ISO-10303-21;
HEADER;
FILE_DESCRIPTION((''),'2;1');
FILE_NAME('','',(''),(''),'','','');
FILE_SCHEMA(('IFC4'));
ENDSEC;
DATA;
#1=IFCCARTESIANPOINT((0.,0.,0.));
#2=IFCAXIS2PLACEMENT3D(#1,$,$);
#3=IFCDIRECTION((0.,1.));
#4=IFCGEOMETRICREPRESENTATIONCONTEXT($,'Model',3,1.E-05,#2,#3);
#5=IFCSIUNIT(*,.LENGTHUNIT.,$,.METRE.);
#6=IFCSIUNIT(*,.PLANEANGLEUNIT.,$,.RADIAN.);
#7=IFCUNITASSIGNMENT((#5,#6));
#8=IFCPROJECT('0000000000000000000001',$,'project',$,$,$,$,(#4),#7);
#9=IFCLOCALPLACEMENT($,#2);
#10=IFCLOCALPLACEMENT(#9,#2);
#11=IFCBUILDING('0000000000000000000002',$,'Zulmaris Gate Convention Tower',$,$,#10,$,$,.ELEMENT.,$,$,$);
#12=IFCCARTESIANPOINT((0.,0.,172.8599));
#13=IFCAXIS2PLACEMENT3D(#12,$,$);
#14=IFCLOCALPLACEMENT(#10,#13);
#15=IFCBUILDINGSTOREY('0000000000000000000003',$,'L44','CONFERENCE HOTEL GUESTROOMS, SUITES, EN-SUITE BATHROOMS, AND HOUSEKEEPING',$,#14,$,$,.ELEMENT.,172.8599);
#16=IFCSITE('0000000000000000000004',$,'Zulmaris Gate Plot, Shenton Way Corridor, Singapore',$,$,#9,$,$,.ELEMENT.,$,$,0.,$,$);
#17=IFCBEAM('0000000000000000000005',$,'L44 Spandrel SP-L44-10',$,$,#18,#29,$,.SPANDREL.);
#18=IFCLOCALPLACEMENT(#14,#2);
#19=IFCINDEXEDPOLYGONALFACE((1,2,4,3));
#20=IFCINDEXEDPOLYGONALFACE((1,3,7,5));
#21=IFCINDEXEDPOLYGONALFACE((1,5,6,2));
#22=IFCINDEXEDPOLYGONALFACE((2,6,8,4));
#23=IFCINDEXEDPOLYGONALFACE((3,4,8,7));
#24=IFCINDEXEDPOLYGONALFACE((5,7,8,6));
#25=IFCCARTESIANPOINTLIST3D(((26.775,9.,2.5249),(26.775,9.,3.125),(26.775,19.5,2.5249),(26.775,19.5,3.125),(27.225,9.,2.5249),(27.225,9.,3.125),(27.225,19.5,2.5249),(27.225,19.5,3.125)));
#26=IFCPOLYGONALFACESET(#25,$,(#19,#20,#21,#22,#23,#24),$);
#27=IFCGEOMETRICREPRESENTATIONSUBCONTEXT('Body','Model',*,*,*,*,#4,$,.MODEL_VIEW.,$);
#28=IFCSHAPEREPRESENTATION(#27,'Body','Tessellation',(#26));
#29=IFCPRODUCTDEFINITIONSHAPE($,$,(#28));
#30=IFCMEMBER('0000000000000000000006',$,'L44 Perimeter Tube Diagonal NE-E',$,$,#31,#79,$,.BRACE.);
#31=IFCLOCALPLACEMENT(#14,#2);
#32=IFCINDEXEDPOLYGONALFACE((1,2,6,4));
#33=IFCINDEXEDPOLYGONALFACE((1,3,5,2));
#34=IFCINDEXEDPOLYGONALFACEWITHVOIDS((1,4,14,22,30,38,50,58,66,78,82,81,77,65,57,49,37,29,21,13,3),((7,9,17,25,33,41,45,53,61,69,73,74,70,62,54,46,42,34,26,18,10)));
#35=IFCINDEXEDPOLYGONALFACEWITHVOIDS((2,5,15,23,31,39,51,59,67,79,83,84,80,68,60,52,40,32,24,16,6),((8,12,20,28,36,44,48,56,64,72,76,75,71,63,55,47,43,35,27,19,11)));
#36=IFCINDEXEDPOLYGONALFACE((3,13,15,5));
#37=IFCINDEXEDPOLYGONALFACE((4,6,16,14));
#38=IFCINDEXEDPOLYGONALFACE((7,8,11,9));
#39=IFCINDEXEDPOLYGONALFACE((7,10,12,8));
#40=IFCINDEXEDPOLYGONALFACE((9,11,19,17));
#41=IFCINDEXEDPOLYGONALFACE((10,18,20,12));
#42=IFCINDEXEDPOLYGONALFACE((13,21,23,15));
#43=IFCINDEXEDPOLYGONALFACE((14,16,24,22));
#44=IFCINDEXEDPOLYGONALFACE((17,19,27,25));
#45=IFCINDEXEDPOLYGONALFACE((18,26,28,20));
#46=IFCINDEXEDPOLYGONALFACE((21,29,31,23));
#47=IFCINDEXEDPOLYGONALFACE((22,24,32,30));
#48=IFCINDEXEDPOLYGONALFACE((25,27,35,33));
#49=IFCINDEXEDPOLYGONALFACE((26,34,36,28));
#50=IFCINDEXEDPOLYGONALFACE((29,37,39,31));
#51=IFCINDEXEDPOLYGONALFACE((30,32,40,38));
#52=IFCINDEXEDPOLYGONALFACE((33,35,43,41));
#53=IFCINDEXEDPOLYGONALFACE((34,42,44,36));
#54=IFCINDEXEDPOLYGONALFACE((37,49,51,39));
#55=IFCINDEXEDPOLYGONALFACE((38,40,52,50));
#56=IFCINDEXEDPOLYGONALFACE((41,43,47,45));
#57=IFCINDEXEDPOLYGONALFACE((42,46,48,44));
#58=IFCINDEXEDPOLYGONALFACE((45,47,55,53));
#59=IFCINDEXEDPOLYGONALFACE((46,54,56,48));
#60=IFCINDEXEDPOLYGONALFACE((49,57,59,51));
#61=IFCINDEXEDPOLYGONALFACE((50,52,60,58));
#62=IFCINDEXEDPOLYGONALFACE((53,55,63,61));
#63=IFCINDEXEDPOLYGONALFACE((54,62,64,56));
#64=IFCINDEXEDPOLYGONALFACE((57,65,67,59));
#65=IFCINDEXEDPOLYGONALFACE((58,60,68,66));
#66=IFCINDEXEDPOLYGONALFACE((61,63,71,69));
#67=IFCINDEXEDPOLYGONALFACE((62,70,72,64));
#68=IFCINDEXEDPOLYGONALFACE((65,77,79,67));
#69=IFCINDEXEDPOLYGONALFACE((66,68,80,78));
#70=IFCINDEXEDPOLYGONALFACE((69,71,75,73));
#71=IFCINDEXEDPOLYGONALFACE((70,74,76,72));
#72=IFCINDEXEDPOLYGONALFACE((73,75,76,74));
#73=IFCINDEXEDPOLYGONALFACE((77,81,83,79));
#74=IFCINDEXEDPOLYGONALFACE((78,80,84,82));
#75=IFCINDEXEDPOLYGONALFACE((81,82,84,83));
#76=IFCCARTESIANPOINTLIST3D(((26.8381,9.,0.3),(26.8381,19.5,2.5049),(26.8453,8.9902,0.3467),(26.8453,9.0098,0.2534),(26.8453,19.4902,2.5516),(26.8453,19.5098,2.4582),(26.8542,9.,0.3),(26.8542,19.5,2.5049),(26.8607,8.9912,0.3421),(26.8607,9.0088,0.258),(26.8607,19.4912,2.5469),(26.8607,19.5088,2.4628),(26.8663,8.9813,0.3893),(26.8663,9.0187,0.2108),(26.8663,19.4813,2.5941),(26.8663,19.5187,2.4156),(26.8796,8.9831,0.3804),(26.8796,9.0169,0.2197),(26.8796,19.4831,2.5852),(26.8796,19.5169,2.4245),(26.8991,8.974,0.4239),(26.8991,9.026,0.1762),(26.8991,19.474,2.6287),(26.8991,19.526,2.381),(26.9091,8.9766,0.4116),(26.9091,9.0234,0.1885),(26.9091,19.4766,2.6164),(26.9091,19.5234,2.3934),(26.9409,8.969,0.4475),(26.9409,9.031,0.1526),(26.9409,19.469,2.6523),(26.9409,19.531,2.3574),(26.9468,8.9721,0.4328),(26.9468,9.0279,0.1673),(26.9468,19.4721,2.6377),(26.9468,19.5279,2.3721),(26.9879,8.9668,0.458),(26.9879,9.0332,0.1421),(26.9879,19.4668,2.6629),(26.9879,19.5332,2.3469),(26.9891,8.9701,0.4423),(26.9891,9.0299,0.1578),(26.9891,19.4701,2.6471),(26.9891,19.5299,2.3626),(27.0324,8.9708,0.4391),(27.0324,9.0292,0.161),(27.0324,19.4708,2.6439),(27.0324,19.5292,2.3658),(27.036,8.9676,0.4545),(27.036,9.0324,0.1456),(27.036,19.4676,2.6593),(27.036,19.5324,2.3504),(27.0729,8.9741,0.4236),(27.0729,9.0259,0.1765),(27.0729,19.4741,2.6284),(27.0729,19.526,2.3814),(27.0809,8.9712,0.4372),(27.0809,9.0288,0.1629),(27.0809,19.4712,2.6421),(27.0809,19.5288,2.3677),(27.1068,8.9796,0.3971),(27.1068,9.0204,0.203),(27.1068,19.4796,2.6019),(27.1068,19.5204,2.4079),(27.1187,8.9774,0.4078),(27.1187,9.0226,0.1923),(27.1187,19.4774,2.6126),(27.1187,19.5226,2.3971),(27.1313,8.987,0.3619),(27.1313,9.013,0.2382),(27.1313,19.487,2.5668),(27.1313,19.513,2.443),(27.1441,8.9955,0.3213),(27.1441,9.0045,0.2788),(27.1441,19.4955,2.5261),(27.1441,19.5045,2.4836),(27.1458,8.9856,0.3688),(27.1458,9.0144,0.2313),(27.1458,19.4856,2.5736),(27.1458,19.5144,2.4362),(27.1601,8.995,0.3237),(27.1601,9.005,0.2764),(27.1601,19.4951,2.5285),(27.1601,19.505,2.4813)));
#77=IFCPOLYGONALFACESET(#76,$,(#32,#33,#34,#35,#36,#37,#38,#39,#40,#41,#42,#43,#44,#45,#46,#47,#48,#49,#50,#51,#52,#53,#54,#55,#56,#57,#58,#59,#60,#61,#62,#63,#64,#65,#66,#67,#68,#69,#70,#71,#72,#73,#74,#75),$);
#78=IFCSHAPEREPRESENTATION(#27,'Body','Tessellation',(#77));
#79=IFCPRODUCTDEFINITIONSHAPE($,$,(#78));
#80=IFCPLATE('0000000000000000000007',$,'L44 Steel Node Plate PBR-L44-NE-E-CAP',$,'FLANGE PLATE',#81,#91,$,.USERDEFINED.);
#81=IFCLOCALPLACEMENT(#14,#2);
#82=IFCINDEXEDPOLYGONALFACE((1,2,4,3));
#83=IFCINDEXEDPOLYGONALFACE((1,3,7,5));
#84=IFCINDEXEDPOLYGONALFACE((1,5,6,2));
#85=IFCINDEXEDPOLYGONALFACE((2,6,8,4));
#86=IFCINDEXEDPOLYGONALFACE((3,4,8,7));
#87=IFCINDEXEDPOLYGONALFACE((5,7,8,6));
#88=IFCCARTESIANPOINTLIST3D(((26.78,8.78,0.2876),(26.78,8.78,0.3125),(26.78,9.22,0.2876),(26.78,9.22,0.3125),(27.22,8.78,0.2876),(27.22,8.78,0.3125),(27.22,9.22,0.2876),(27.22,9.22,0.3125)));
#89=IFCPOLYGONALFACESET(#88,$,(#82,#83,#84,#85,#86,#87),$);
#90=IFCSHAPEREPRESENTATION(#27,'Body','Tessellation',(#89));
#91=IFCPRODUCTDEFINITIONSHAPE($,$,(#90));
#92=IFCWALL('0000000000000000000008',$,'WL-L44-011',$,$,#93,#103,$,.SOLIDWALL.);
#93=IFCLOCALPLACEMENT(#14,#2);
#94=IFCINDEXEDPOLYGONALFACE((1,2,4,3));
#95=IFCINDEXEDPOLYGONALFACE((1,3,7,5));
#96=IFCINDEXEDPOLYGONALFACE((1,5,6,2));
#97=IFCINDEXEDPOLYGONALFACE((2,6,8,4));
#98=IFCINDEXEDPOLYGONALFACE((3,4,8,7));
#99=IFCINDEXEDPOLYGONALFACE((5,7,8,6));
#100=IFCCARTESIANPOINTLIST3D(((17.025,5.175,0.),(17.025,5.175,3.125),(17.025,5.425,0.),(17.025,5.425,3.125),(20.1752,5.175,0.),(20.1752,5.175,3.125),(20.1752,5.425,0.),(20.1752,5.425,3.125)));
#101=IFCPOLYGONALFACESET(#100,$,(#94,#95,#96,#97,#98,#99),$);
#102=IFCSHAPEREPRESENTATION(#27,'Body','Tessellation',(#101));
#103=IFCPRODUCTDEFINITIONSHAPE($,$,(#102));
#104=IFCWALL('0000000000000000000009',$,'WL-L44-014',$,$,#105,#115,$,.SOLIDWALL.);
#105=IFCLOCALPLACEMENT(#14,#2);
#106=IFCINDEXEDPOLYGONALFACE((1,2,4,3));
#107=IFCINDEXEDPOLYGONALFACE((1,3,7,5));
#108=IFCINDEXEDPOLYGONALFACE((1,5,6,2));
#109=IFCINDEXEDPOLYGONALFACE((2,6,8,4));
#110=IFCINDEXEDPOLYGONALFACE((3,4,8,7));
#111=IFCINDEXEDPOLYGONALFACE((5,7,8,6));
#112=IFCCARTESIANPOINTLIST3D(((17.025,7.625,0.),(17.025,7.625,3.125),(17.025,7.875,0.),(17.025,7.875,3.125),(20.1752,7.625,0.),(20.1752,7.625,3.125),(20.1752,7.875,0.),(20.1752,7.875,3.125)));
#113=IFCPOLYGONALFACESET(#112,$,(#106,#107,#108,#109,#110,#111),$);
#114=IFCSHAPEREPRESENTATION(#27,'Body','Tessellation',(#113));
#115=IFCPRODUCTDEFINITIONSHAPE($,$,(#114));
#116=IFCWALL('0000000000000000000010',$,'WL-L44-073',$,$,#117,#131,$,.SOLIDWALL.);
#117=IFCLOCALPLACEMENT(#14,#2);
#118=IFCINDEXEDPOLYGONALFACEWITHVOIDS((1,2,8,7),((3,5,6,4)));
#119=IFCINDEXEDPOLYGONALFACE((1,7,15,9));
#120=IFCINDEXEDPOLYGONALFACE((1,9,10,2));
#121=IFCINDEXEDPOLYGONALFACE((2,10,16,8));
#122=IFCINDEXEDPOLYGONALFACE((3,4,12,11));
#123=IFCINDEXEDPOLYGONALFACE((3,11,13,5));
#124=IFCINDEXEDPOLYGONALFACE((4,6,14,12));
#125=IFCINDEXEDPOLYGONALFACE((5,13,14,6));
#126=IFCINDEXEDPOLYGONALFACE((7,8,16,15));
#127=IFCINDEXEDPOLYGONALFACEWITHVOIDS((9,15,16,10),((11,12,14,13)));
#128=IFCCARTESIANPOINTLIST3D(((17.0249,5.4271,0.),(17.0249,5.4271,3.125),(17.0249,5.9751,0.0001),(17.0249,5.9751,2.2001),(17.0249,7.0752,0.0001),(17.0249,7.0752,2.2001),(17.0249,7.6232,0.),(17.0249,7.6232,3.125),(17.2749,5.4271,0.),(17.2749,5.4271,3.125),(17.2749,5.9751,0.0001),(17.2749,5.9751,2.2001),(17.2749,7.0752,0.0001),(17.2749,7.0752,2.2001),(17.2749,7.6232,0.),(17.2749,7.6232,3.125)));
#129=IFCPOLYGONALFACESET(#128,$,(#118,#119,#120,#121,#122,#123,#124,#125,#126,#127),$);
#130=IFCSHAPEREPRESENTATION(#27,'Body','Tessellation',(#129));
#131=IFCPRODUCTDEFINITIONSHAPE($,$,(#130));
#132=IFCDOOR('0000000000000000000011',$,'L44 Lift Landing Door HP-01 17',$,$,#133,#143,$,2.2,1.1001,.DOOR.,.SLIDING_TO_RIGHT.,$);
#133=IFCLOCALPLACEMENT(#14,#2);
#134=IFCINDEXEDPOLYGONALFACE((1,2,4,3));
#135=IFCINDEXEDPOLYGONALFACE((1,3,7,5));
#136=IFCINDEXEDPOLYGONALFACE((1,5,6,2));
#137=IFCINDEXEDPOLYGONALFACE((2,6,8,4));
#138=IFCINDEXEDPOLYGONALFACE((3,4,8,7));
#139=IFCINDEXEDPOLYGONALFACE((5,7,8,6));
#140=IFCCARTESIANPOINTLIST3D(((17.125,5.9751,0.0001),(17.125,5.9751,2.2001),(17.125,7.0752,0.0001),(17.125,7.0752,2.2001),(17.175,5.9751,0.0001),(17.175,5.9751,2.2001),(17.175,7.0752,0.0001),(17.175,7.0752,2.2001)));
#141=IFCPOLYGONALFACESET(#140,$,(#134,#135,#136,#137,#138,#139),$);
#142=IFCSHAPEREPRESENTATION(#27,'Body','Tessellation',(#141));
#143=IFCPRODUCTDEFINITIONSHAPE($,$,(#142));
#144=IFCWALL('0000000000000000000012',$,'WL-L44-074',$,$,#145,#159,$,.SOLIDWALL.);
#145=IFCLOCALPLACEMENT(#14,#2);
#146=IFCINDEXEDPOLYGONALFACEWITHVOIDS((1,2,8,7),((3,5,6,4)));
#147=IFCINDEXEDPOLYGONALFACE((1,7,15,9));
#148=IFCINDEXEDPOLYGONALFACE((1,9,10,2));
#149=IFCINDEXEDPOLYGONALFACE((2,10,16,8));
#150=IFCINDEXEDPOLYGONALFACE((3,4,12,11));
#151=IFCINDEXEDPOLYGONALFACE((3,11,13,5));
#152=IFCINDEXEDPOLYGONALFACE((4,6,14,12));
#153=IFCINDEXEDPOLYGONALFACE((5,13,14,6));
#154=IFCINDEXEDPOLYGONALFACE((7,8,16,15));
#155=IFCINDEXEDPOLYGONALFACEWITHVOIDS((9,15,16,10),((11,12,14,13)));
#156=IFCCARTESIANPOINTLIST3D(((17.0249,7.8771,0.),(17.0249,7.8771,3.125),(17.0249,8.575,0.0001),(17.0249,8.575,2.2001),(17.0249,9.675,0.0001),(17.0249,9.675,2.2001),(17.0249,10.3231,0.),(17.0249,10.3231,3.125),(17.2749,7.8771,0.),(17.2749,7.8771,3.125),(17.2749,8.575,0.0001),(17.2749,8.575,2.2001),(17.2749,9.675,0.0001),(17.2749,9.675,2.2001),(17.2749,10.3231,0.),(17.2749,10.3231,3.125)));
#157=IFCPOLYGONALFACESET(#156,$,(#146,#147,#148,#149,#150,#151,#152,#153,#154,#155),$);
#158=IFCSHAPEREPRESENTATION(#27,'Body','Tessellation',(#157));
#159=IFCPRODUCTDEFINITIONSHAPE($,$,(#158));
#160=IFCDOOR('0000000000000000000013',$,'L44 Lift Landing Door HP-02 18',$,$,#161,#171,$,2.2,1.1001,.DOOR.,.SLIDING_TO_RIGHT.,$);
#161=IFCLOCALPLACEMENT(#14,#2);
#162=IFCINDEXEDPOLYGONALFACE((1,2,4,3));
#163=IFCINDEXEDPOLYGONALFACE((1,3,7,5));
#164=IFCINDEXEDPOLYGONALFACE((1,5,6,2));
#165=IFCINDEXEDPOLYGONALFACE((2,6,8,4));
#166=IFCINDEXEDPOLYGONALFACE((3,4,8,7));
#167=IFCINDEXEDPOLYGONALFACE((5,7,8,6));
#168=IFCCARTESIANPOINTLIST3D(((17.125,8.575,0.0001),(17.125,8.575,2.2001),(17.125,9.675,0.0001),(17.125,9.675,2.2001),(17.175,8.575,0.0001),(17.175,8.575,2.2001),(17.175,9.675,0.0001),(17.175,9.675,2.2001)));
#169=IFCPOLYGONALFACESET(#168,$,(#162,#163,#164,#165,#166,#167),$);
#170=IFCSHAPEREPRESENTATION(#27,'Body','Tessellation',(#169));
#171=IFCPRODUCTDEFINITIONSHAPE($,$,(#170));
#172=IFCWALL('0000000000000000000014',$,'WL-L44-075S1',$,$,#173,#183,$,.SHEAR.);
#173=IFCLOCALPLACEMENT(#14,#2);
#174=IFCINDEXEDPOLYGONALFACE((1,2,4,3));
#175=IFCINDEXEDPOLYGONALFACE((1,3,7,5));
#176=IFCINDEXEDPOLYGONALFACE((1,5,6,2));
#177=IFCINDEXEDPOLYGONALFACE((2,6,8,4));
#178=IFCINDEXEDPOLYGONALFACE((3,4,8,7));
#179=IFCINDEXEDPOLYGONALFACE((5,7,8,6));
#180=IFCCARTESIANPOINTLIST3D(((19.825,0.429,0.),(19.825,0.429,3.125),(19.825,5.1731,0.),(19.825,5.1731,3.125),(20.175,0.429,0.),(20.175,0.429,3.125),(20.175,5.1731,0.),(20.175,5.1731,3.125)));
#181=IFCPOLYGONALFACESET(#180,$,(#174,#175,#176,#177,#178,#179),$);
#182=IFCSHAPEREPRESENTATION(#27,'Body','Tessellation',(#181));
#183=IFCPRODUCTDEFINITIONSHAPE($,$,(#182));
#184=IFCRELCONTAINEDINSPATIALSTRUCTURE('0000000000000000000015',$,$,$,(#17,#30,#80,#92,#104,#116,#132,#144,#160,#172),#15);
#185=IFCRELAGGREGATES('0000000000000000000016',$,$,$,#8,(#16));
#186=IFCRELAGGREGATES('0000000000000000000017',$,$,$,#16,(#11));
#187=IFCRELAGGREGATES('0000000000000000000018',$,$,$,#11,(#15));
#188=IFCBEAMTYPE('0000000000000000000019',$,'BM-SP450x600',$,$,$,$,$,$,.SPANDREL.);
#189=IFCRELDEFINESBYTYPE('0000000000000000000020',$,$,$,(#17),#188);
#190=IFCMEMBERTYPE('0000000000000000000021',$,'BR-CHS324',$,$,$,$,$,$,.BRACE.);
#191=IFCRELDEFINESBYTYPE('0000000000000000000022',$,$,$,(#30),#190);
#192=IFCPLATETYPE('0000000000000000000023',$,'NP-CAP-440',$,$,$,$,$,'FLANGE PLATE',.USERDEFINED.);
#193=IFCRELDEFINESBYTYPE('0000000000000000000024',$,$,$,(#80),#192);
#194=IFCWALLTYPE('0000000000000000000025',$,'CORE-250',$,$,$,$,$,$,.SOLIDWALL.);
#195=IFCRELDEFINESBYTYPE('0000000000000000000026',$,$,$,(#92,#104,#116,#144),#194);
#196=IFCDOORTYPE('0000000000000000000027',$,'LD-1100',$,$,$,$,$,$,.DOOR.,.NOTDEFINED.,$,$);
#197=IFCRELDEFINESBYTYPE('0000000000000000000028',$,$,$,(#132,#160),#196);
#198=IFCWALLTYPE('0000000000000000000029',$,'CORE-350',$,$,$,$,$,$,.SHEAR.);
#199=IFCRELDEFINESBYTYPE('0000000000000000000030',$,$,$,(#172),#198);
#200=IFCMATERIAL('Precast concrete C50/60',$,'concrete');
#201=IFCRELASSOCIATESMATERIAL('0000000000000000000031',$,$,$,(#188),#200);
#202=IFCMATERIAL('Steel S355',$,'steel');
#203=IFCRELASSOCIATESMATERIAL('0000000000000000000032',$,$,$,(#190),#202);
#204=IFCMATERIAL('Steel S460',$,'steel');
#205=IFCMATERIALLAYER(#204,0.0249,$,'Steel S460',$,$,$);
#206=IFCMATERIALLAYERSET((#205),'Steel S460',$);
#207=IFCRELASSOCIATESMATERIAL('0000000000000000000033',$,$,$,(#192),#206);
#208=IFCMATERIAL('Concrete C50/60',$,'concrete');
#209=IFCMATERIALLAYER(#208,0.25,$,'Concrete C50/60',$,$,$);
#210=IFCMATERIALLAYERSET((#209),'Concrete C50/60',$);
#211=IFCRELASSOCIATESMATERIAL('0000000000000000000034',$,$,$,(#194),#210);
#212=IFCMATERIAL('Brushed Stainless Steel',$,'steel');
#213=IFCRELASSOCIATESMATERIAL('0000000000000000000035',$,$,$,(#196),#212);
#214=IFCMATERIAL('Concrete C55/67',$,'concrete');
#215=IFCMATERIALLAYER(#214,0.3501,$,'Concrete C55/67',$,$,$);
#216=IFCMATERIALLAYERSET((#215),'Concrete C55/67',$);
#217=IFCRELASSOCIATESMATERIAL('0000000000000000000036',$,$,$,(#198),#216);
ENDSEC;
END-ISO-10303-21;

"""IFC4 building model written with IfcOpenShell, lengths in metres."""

from ifc_helpers import new_model, si_unit, direction, frame, frame_2d, origin, origin_2d, place, context, subcontext, project, spatial, rectangle, hollow_circle, extrude, material, layer, layer_set, material_profile, profile_set, type_object, element, fill, save


model = new_model("IFC4")

# Units and contexts
model_context = context("Model", 3, precision=1e-05, world=origin(), true_north=direction((0.0, 1.0)))
body_context = subcontext(model_context, "Body", "Model", "MODEL_VIEW")
ifc_project = project(units=[si_unit("LENGTHUNIT", "METRE"), si_unit("PLANEANGLEUNIT", "RADIAN")], contexts=[model_context])

# Site, building, storey
site_placement = place(None, origin())
site = spatial("IfcSite", under=ifc_project, at=site_placement, Name="Zulmaris Gate Plot, Shenton Way Corridor, Singapore", CompositionType="ELEMENT", RefElevation=0.0)
building_placement = place(site_placement, origin())
building = spatial("IfcBuilding", under=site, at=building_placement, Name="Zulmaris Gate Convention Tower", CompositionType="ELEMENT")
storey_placement = place(building_placement, frame((0.0, 0.0, 172.8599)))
storey = spatial("IfcBuildingStorey", under=building, at=storey_placement, Name="L44", Description="CONFERENCE HOTEL GUESTROOMS, SUITES, EN-SUITE BATHROOMS, AND HOUSEKEEPING", CompositionType="ELEMENT", Elevation=172.8599)

# Beam
ifc_material_1 = material(Name="Steel S355", Category="steel")
ifc_material_2 = material(Name="Concrete C50/60", Category="concrete")
ifc_material_3 = material(Name="Precast concrete C50/60", Category="concrete")
ifc_material_profile_1 = material_profile(ifc_material_3, rectangle(XDim=0.45, YDim=0.6001, at=origin_2d()), Name="RC SPANDREL 450x600")
ifc_profile_set_1 = profile_set([ifc_material_profile_1], Name="Precast concrete C50/60")
beam_type_1 = type_object("IfcBeamType", Name="BM-SP450x600", PredefinedType="SPANDREL", material=ifc_profile_set_1)
beam_1_placement = place(storey_placement, frame((27.0, 9.0, 2.825), z_axis=(0.0, 1.0, 0.0), x_axis=(-1.0, 0.0, 0.0)))
element("IfcBeam", 1, at=beam_1_placement, inside=storey, type_object=beam_type_1, Name="L44 Spandrel SP-L44-10", PredefinedType="SPANDREL", context=body_context, shape_type="SweptSolid", body=[
    extrude(rectangle(XDim=0.45, YDim=0.6001, at=origin_2d()), origin(), (0.0, 0.0, 1.0), 10.5),
])

# Member
ifc_material_profile_2 = material_profile(ifc_material_1, hollow_circle(Radius=0.1619, WallThickness=0.0161, at=origin_2d()), Name="CHS 323.9x16")
ifc_profile_set_2 = profile_set([ifc_material_profile_2], Name="Steel S355")
member_type = type_object("IfcMemberType", Name="BR-CHS324", PredefinedType="BRACE", material=ifc_profile_set_2)
member_placement = place(storey_placement, frame((27.0, 9.0, 0.3), z_axis=(0.0, 0.978657, 0.205502), x_axis=(-1.0, 0.0, 0.0)))
element("IfcMember", 2, at=member_placement, inside=storey, type_object=member_type, Name="L44 Perimeter Tube Diagonal NE-E", PredefinedType="BRACE", context=body_context, shape_type="SweptSolid", body=[
    extrude(hollow_circle(Radius=0.1619, WallThickness=0.0161, at=origin_2d()), origin(), (0.0, 0.0, 1.0), 10.729),
])

# Plate
ifc_material_4 = material(Name="Steel S460", Category="steel")
ifc_layer_1 = layer(ifc_material_4, 0.0249, Name="Steel S460")
ifc_layer_set_1 = layer_set([ifc_layer_1], Name="Steel S460")
plate_type = type_object("IfcPlateType", Name="NP-CAP-440", ElementType="FLANGE PLATE", PredefinedType="USERDEFINED", material=ifc_layer_set_1)
plate_placement = place(storey_placement, frame((27.0, 9.0, 0.2876), z_axis=(0.0, 0.0, 1.0), x_axis=(1.0, 0.0, 0.0)))
element("IfcPlate", 3, at=plate_placement, inside=storey, type_object=plate_type, Name="L44 Steel Node Plate PBR-L44-NE-E-CAP", ObjectType="FLANGE PLATE", PredefinedType="USERDEFINED", context=body_context, shape_type="SweptSolid", body=[
    extrude(rectangle(XDim=0.4399, YDim=0.4399, at=origin_2d()), origin(), (0.0, 0.0, 1.0), 0.0249),
])

# Walls
ifc_layer_2 = layer(ifc_material_2, 0.25, Name="Concrete C50/60")
ifc_layer_set_2 = layer_set([ifc_layer_2], Name="Concrete C50/60")
wall_type_1 = type_object("IfcWallType", Name="CORE-250", PredefinedType="SOLIDWALL", material=ifc_layer_set_2)
for number, where, z_axis, x_axis, name in (
    (4, (17.0249, 5.3, 0.0), (0.0, 0.0, 1.0), (1.0, 0.0, 0.0), "WL-L44-011"),
    (5, (17.0249, 7.75, 0.0), (0.0, 0.0, 1.0), (1.0, 0.0, 0.0), "WL-L44-014"),
):
    element("IfcWall", number, at=place(storey_placement, frame(where, z_axis=z_axis, x_axis=x_axis)), inside=storey, type_object=wall_type_1, Name=name, PredefinedType="SOLIDWALL", context=body_context, shape_type="SweptSolid", body=[
        extrude(rectangle(XDim=3.1501, YDim=0.25, at=frame_2d((1.5752, 0.0))), origin(), (0.0, 0.0, 1.0), 3.125),
    ])

# Walls, openings, doors
wall_1_placement = place(storey_placement, frame((17.1499, 5.427, 0.0), z_axis=(0.0, 0.0, 1.0), x_axis=(0.0, 1.0, 0.0)))
wall_1 = element("IfcWall", 6, at=wall_1_placement, inside=storey, type_object=wall_type_1, Name="WL-L44-073", PredefinedType="SOLIDWALL", context=body_context, shape_type="SweptSolid", body=[
    extrude(rectangle(XDim=2.196, YDim=0.25, at=frame_2d((1.0981, 0.0))), origin(), (0.0, 0.0, 1.0), 3.125),
])
opening_1_placement = place(wall_1_placement, frame((0.5481, 0.0, 0.0)))
opening_1 = element("IfcOpeningElement", 7, at=opening_1_placement, cuts=wall_1, PredefinedType="OPENING", context=body_context, shape_type="SweptSolid", body=[
    extrude(rectangle(XDim=1.1001, YDim=2.2, at=frame_2d((0.55, 1.1001))), frame((0.0, 0.135, 0.0), z_axis=(0.0, -1.0, 0.0), x_axis=(1.0, 0.0, 0.0)), (0.0, 0.0, 1.0), 0.27),
])
ifc_material_5 = material(Name="Brushed Stainless Steel", Category="steel")
door_type = type_object("IfcDoorType", Name="LD-1100", OperationType="NOTDEFINED", PredefinedType="DOOR", material=ifc_material_5)
door_1_placement = place(opening_1_placement, origin())
door_1 = element("IfcDoor", 8, at=door_1_placement, inside=storey, type_object=door_type, Name="L44 Lift Landing Door HP-01 17", OperationType="SLIDING_TO_RIGHT", OverallHeight=2.2, OverallWidth=1.1001, PredefinedType="DOOR", context=body_context, shape_type="SweptSolid", body=[
    extrude(rectangle(XDim=1.1001, YDim=2.2, at=frame_2d((0.55, 1.1001))), frame((0.0, 0.0249, 0.0), z_axis=(0.0, -1.0, 0.0), x_axis=(1.0, 0.0, 0.0)), (0.0, 0.0, 1.0), 0.05),
])
fill(opening_1, door_1)
wall_2_placement = place(storey_placement, frame((17.1499, 7.877, 0.0), z_axis=(0.0, 0.0, 1.0), x_axis=(0.0, 1.0, 0.0)))
wall_2 = element("IfcWall", 9, at=wall_2_placement, inside=storey, type_object=wall_type_1, Name="WL-L44-074", PredefinedType="SOLIDWALL", context=body_context, shape_type="SweptSolid", body=[
    extrude(rectangle(XDim=2.446, YDim=0.25, at=frame_2d((1.2231, 0.0))), origin(), (0.0, 0.0, 1.0), 3.125),
])
opening_2_placement = place(wall_2_placement, frame((0.698, 0.0, 0.0)))
opening_2 = element("IfcOpeningElement", 10, at=opening_2_placement, cuts=wall_2, PredefinedType="OPENING", context=body_context, shape_type="SweptSolid", body=[
    extrude(rectangle(XDim=1.1001, YDim=2.2, at=frame_2d((0.55, 1.1001))), frame((0.0, 0.135, 0.0), z_axis=(0.0, -1.0, 0.0), x_axis=(1.0, 0.0, 0.0)), (0.0, 0.0, 1.0), 0.27),
])
door_2_placement = place(opening_2_placement, origin())
door_2 = element("IfcDoor", 11, at=door_2_placement, inside=storey, type_object=door_type, Name="L44 Lift Landing Door HP-02 18", OperationType="SLIDING_TO_RIGHT", OverallHeight=2.2, OverallWidth=1.1001, PredefinedType="DOOR", context=body_context, shape_type="SweptSolid", body=[
    extrude(rectangle(XDim=1.1001, YDim=2.2, at=frame_2d((0.55, 1.1001))), frame((0.0, 0.0249, 0.0), z_axis=(0.0, -1.0, 0.0), x_axis=(1.0, 0.0, 0.0)), (0.0, 0.0, 1.0), 0.05),
])
fill(opening_2, door_2)

# Wall
ifc_material_6 = material(Name="Concrete C55/67", Category="concrete")
ifc_layer_3 = layer(ifc_material_6, 0.3501, Name="Concrete C55/67")
ifc_layer_set_3 = layer_set([ifc_layer_3], Name="Concrete C55/67")
wall_type_2 = type_object("IfcWallType", Name="CORE-350", PredefinedType="SHEAR", material=ifc_layer_set_3)
wall_3_placement = place(storey_placement, frame((20.0, 0.429, 0.0), z_axis=(0.0, 0.0, 1.0), x_axis=(0.0, 1.0, 0.0)))
element("IfcWall", 12, at=wall_3_placement, inside=storey, type_object=wall_type_2, Name="WL-L44-075S1", PredefinedType="SHEAR", context=body_context, shape_type="SweptSolid", body=[
    extrude(rectangle(XDim=4.7441, YDim=0.3501, at=frame_2d((2.3721, 0.0))), origin(), (0.0, 0.0, 1.0), 3.125),
])

save(model, "model.ifc")
